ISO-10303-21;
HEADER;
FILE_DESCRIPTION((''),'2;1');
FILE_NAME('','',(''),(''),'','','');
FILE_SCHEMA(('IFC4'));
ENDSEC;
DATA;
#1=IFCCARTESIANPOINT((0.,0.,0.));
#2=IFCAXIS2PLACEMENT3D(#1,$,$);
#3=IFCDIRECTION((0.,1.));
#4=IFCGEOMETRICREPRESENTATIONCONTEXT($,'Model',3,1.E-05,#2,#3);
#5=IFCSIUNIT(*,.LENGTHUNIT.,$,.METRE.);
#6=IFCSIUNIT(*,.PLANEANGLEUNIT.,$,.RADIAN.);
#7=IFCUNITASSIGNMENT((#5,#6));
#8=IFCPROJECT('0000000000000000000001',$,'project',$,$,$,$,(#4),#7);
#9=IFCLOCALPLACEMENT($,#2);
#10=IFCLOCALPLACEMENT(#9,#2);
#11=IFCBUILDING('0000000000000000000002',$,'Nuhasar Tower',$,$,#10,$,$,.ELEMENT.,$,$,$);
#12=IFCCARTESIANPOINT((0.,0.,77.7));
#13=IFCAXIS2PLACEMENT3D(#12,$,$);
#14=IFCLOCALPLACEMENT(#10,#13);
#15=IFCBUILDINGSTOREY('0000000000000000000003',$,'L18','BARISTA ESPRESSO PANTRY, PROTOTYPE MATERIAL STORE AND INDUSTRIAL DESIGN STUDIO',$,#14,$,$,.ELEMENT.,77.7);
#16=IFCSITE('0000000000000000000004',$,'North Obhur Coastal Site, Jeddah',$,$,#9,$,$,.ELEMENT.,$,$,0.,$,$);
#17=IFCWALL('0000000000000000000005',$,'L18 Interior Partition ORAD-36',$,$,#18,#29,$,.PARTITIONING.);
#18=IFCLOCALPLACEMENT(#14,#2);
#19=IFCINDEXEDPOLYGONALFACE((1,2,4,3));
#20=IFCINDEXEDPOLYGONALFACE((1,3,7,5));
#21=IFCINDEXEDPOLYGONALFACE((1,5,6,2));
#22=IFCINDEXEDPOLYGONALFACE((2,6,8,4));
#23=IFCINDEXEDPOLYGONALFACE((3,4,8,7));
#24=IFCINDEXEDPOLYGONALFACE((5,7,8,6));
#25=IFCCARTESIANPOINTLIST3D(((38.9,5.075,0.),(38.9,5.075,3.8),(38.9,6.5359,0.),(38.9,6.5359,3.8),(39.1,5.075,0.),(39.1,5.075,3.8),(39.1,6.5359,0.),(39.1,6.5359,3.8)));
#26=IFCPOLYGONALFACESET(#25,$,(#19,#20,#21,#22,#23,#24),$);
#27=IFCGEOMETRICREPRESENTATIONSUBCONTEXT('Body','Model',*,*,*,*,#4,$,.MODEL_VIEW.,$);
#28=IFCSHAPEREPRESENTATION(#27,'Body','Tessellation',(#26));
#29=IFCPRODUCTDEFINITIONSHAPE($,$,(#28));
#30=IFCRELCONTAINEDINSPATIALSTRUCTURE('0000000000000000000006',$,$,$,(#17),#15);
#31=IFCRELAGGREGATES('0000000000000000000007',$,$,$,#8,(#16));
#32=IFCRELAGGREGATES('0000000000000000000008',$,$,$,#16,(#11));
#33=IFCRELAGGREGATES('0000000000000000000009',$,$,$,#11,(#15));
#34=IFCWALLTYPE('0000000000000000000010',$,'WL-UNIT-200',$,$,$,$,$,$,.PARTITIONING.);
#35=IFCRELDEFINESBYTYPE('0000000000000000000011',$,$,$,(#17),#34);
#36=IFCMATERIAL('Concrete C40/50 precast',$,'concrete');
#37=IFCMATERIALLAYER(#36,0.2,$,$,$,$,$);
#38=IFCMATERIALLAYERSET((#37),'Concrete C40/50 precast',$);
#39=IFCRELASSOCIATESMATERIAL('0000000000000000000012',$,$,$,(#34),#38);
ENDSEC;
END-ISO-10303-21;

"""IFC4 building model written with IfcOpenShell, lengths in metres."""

from ifc_helpers import new_model, si_unit, direction, frame, frame_2d, origin, place, context, subcontext, project, spatial, rectangle, extrude, material, layer, layer_set, type_object, element, save


model = new_model("IFC4")

# Units and contexts
model_context = context("Model", 3, precision=1e-05, world=origin(), true_north=direction((0.0, 1.0)))
body_context = subcontext(model_context, "Body", "Model", "MODEL_VIEW")
ifc_project = project(units=[si_unit("LENGTHUNIT", "METRE"), si_unit("PLANEANGLEUNIT", "RADIAN")], contexts=[model_context])

# Site, building, storey
site_placement = place(None, origin())
site = spatial("IfcSite", under=ifc_project, at=site_placement, Name="North Obhur Coastal Site, Jeddah", CompositionType="ELEMENT", RefElevation=0.0)
building_placement = place(site_placement, origin())
building = spatial("IfcBuilding", under=site, at=building_placement, Name="Nuhasar Tower", CompositionType="ELEMENT")
storey_placement = place(building_placement, frame((0.0, 0.0, 77.7)))
storey = spatial("IfcBuildingStorey", under=building, at=storey_placement, Name="L18", Description="BARISTA ESPRESSO PANTRY, PROTOTYPE MATERIAL STORE AND INDUSTRIAL DESIGN STUDIO", CompositionType="ELEMENT", Elevation=77.7)

# Wall
ifc_material_1 = material(Name="Concrete C40/50 precast", Category="concrete")
ifc_layer_1 = layer(ifc_material_1, 0.2)
ifc_layer_set_1 = layer_set([ifc_layer_1], Name="Concrete C40/50 precast")
wall_type_1 = type_object("IfcWallType", Name="WL-UNIT-200", PredefinedType="PARTITIONING", material=ifc_layer_set_1)
wall_1_placement = place(storey_placement, frame((39.0, 6.5359, 0.0), z_axis=(0.0, 0.0, 1.0), x_axis=(0.0, -1.0, 0.0)))
element("IfcWall", 1, at=wall_1_placement, inside=storey, type_object=wall_type_1, Name="L18 Interior Partition ORAD-36", PredefinedType="PARTITIONING", context=body_context, shape_type="SweptSolid", body=[
    extrude(rectangle(XDim=1.4609, YDim=0.2, at=frame_2d((0.7305, 0.0))), origin(), (0.0, 0.0, 1.0), 3.8),
])

save(model, "model.ifc")
